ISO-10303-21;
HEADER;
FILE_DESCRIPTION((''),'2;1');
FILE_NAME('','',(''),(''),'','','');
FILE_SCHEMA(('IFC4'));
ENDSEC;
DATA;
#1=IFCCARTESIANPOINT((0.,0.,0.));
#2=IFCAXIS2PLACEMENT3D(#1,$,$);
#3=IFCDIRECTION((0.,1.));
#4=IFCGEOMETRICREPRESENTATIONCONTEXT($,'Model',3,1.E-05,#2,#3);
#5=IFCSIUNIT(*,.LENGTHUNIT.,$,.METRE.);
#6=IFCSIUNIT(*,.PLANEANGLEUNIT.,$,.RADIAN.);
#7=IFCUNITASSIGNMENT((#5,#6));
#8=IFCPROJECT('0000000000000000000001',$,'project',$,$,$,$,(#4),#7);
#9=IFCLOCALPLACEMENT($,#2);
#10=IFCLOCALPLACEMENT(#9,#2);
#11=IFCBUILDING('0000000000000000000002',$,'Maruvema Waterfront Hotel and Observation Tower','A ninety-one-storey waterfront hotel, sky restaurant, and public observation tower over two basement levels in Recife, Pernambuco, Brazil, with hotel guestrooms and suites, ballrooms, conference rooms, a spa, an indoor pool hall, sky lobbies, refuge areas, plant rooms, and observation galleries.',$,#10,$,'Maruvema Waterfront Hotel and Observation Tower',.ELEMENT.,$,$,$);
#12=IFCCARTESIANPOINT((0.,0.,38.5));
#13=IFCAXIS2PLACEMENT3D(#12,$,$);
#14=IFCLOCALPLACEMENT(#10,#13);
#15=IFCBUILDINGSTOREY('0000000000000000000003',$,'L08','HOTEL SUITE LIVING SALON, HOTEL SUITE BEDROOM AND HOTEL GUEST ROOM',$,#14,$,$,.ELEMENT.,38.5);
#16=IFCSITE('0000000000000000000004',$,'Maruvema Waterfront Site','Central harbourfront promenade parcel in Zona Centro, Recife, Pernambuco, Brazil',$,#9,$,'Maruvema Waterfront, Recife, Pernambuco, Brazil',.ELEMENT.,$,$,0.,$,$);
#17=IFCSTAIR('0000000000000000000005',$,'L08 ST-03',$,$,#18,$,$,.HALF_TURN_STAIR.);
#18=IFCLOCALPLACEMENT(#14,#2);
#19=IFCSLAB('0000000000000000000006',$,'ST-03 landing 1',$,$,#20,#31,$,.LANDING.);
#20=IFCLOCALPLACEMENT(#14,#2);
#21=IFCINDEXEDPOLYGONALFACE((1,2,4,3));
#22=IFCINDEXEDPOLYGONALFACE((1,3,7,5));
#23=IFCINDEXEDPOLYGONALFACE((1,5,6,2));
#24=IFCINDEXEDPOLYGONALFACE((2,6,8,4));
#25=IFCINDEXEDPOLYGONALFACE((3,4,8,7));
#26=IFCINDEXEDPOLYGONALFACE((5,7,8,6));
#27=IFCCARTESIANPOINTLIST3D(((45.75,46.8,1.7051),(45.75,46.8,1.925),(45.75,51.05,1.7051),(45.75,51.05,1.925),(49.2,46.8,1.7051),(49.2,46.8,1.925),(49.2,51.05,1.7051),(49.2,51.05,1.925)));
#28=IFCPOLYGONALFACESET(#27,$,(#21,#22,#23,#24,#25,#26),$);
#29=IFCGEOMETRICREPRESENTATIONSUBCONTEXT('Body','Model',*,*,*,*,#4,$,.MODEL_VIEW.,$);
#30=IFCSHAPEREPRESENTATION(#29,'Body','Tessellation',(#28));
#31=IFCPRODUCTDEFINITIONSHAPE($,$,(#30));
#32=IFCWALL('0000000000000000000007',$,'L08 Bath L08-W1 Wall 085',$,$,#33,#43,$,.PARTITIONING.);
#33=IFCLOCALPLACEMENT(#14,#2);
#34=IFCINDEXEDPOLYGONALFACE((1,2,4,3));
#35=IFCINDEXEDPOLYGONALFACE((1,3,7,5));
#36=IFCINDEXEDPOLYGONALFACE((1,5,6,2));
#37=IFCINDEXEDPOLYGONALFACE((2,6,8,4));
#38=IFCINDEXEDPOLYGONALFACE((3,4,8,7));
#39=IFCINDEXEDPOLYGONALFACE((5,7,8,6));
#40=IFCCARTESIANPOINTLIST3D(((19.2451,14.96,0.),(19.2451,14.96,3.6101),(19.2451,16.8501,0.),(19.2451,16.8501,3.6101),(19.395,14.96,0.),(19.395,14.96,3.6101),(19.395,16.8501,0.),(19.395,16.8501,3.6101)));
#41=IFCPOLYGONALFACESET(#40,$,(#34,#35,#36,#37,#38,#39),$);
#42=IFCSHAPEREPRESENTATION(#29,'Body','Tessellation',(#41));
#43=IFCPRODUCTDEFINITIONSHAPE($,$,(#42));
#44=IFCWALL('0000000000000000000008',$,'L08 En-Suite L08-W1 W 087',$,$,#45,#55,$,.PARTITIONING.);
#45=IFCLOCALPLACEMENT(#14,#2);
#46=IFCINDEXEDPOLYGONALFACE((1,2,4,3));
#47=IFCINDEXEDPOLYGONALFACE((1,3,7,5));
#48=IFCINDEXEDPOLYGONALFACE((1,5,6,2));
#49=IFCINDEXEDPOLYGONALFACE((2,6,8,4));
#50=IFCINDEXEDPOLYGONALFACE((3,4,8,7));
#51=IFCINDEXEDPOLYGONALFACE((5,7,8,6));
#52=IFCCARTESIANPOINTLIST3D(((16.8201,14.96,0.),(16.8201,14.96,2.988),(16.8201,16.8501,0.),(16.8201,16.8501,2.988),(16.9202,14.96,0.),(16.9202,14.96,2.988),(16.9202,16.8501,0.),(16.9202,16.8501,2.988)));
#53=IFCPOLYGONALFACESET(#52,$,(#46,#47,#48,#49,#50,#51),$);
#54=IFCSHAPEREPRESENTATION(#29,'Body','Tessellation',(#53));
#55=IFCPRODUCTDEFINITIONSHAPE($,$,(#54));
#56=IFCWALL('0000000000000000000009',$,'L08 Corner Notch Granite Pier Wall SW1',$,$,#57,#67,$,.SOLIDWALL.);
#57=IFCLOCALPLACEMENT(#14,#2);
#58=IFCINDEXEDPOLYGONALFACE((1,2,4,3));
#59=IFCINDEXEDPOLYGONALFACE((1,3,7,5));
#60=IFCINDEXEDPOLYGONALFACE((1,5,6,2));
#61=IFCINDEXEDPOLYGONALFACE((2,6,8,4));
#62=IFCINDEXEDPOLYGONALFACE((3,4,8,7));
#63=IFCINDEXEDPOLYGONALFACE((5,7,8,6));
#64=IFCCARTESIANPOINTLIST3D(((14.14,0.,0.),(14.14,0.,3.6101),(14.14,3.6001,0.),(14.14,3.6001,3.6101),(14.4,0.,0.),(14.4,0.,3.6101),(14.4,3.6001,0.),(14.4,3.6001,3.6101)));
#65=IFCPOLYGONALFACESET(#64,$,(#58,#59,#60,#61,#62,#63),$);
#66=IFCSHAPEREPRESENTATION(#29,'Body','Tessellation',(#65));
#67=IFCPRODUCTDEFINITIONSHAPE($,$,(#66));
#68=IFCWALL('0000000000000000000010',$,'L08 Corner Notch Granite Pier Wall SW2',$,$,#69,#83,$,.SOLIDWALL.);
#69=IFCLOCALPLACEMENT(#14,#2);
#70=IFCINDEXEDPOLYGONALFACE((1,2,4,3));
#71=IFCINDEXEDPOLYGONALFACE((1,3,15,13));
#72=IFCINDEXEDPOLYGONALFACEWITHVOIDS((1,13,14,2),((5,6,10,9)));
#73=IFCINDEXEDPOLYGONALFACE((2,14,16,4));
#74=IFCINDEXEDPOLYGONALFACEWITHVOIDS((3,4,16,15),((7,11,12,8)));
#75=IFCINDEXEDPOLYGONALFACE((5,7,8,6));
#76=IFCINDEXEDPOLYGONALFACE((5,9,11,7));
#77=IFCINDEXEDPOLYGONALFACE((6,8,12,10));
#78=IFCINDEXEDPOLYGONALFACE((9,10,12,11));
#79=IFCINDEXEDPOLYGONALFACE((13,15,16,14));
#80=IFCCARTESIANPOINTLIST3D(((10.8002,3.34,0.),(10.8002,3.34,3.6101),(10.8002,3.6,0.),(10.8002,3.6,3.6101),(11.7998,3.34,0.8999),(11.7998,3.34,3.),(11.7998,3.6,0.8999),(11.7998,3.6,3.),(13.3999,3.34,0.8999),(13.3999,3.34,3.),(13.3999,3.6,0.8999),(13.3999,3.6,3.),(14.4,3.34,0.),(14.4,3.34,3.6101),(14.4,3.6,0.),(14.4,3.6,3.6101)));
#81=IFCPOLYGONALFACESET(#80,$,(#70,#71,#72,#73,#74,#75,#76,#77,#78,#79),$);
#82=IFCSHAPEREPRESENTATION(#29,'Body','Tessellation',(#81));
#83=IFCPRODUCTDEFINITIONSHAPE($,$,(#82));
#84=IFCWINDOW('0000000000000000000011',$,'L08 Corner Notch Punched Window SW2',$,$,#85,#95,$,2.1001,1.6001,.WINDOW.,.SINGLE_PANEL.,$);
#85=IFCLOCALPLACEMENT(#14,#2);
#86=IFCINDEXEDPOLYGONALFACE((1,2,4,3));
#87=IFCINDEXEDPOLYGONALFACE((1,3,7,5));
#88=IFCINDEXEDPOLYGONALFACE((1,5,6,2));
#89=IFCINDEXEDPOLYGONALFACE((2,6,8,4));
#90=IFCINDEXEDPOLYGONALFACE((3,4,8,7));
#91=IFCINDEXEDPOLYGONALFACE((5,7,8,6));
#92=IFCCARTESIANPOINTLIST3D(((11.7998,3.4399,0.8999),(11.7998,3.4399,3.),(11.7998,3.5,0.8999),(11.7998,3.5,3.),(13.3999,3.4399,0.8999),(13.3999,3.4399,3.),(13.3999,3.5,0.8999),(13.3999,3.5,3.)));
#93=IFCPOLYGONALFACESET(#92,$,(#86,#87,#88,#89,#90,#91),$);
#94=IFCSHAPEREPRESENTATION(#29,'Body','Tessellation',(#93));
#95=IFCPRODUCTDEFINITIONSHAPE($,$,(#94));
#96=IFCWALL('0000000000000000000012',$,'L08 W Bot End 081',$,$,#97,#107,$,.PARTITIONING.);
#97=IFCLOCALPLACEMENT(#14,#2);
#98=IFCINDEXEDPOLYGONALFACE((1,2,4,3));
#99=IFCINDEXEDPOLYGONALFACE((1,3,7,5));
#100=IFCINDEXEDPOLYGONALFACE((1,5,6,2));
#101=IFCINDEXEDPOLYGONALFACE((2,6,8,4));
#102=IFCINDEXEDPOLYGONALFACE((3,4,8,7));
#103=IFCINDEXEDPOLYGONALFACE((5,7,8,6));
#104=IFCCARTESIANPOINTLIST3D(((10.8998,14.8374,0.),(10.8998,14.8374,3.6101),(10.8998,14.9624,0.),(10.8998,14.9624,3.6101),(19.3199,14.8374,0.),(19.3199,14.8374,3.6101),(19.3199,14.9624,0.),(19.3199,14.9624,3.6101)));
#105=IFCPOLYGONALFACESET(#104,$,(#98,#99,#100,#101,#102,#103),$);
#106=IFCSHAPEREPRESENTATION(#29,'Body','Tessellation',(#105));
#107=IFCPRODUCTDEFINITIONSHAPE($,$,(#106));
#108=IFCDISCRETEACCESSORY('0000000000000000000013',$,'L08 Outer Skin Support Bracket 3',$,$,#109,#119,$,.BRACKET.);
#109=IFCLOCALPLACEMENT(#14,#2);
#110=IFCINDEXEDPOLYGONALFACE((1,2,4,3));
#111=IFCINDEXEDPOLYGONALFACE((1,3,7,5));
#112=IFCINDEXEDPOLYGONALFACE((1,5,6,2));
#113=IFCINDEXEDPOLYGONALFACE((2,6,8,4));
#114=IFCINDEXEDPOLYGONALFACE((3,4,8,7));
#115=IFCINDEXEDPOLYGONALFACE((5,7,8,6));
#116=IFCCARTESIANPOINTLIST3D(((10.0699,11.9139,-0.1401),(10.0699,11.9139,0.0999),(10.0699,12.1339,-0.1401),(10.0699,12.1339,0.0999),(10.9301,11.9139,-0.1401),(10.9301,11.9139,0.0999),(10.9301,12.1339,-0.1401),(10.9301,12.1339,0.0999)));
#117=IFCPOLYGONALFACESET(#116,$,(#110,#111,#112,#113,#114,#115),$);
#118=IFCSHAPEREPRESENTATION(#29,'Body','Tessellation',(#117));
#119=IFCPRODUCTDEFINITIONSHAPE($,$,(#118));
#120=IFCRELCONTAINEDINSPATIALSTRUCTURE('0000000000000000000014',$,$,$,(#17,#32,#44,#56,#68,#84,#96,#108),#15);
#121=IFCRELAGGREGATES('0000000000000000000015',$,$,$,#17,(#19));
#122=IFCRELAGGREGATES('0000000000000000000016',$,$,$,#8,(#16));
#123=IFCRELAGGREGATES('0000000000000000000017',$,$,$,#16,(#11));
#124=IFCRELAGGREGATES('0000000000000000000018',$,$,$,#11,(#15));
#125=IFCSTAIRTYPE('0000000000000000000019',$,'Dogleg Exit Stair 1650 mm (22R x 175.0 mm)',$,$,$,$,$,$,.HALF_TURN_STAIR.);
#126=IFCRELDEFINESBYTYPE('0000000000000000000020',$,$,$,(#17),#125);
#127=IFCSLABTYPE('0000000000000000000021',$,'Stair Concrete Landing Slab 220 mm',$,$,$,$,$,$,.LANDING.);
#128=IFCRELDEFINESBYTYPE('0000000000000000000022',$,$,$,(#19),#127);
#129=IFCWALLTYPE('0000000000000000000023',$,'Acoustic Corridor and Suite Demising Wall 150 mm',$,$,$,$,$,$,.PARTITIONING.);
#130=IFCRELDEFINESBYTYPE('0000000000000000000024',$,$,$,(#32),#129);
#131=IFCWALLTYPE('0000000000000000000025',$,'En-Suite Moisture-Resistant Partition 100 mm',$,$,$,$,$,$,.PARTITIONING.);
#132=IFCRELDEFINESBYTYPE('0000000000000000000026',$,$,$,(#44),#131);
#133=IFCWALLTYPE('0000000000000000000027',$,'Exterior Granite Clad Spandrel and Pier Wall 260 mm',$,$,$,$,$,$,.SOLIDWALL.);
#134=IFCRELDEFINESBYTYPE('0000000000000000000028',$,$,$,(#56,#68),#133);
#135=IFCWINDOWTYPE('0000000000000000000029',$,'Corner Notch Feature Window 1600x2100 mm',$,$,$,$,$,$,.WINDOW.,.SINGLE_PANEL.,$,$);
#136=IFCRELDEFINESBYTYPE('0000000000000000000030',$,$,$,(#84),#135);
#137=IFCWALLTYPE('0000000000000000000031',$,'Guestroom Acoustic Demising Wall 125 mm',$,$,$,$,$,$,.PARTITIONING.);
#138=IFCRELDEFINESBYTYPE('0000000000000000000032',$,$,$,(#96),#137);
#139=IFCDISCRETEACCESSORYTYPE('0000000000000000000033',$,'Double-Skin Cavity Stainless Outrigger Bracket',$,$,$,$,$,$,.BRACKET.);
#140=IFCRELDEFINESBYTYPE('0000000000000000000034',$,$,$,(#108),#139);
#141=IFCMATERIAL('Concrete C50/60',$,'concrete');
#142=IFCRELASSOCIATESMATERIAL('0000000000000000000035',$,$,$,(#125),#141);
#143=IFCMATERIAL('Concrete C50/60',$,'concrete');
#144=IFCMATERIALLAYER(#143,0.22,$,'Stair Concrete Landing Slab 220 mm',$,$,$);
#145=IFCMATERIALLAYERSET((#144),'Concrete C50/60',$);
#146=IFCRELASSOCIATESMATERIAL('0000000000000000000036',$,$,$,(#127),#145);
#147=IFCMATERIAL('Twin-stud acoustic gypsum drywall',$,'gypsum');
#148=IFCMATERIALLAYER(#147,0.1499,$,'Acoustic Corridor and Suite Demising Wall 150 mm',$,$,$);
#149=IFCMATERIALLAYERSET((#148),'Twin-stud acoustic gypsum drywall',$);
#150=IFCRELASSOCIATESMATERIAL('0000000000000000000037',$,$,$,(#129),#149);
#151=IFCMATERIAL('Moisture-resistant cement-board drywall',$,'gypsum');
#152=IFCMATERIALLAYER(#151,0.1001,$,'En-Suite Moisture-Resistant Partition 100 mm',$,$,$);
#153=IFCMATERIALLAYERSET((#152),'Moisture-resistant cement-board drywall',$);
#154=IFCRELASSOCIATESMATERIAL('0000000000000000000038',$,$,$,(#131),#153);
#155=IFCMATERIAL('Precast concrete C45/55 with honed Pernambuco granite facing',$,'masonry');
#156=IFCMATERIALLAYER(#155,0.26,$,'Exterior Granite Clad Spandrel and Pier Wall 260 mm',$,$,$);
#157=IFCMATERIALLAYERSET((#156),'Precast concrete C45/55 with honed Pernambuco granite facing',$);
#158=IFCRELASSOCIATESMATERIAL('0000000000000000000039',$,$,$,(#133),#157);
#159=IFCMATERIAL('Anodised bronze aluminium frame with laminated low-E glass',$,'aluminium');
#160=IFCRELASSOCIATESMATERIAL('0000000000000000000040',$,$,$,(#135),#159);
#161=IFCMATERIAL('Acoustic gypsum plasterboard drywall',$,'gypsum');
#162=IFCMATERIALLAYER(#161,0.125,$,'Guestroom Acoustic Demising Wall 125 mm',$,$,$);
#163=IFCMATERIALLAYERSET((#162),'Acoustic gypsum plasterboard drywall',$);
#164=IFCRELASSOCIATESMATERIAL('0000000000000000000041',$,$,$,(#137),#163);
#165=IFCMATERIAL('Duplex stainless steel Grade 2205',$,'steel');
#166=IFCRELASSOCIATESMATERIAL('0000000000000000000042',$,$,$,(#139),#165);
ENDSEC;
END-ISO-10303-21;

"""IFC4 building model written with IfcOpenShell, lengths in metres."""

from ifc_helpers import new_model, si_unit, direction, frame, frame_2d, origin, origin_2d, place, context, subcontext, project, spatial, polyline, rectangle, outline, extrude, material, layer, layer_set, type_object, element, fill, aggregate, save


model = new_model("IFC4")

# Units and contexts
model_context = context("Model", 3, precision=1e-05, world=origin(), true_north=direction((0.0, 1.0)))
body_context = subcontext(model_context, "Body", "Model", "MODEL_VIEW")
ifc_project = project(units=[si_unit("LENGTHUNIT", "METRE"), si_unit("PLANEANGLEUNIT", "RADIAN")], contexts=[model_context])

# Site, building, storey
site_placement = place(None, origin())
site = spatial("IfcSite", under=ifc_project, at=site_placement, Name="Maruvema Waterfront Site", Description="Central harbourfront promenade parcel in Zona Centro, Recife, Pernambuco, Brazil", LongName="Maruvema Waterfront, Recife, Pernambuco, Brazil", CompositionType="ELEMENT", RefElevation=0.0)
building_placement = place(site_placement, origin())
building = spatial("IfcBuilding", under=site, at=building_placement, Name="Maruvema Waterfront Hotel and Observation Tower", Description="A ninety-one-storey waterfront hotel, sky restaurant, and public observation tower over two basement levels in Recife, Pernambuco, Brazil, with hotel guestrooms and suites, ballrooms, conference rooms, a spa, an indoor pool hall, sky lobbies, refuge areas, plant rooms, and observation galleries.", LongName="Maruvema Waterfront Hotel and Observation Tower", CompositionType="ELEMENT")
storey_placement = place(building_placement, frame((0.0, 0.0, 38.5)))
storey = spatial("IfcBuildingStorey", under=building, at=storey_placement, Name="L08", Description="HOTEL SUITE LIVING SALON, HOTEL SUITE BEDROOM AND HOTEL GUEST ROOM", CompositionType="ELEMENT", Elevation=38.5)

# Stair, slab
ifc_material_1 = material(Name="Concrete C50/60", Category="concrete")
stair_type = type_object("IfcStairType", Name="Dogleg Exit Stair 1650 mm (22R x 175.0 mm)", PredefinedType="HALF_TURN_STAIR", material=ifc_material_1)
ifc_material_2 = material(Name="Concrete C50/60", Category="concrete")
ifc_layer_1 = layer(ifc_material_2, 0.22, Name="Stair Concrete Landing Slab 220 mm")
ifc_layer_set_1 = layer_set([ifc_layer_1], Name="Concrete C50/60")
slab_type_1 = type_object("IfcSlabType", Name="Stair Concrete Landing Slab 220 mm", PredefinedType="LANDING", material=ifc_layer_set_1)
stair_1_placement = place(storey_placement, origin())
stair_1 = element("IfcStair", 1, at=stair_1_placement, inside=storey, type_object=stair_type, Name="L08 ST-03", PredefinedType="HALF_TURN_STAIR")
slab_1_placement = place(storey_placement, frame((0.0, 0.0, 1.7051)))
slab_1 = element("IfcSlab", 2, at=slab_1_placement, type_object=slab_type_1, Name="ST-03 landing 1", PredefinedType="LANDING", context=body_context, shape_type="SweptSolid", body=[
    extrude(outline(polyline([(49.2, 46.8), (49.2, 51.05), (45.75, 51.05), (45.75, 46.8), (49.2, 46.8)])), origin(), (0.0, 0.0, 1.0), 0.22),
])
aggregate(stair_1, [slab_1])

# Walls
ifc_material_3 = material(Name="Twin-stud acoustic gypsum drywall", Category="gypsum")
ifc_layer_2 = layer(ifc_material_3, 0.1499, Name="Acoustic Corridor and Suite Demising Wall 150 mm")
ifc_layer_set_2 = layer_set([ifc_layer_2], Name="Twin-stud acoustic gypsum drywall")
wall_type_1 = type_object("IfcWallType", Name="Acoustic Corridor and Suite Demising Wall 150 mm", PredefinedType="PARTITIONING", material=ifc_layer_set_2)
wall_1_placement = place(storey_placement, frame((19.3201, 14.96, 0.0), z_axis=(0.0, 0.0, 1.0), x_axis=(0.0, 1.0, 0.0)))
element("IfcWall", 3, at=wall_1_placement, inside=storey, type_object=wall_type_1, Name="L08 Bath L08-W1 Wall 085", PredefinedType="PARTITIONING", context=body_context, shape_type="SweptSolid", body=[
    extrude(rectangle(XDim=1.8901, YDim=0.1499, at=frame_2d((0.9451, 0.0))), origin(), (0.0, 0.0, 1.0), 3.6101),
])
ifc_material_4 = material(Name="Moisture-resistant cement-board drywall", Category="gypsum")
ifc_layer_3 = layer(ifc_material_4, 0.1001, Name="En-Suite Moisture-Resistant Partition 100 mm")
ifc_layer_set_3 = layer_set([ifc_layer_3], Name="Moisture-resistant cement-board drywall")
wall_type_2 = type_object("IfcWallType", Name="En-Suite Moisture-Resistant Partition 100 mm", PredefinedType="PARTITIONING", material=ifc_layer_set_3)
wall_2_placement = place(storey_placement, frame((16.8701, 14.96, 0.0), z_axis=(0.0, 0.0, 1.0), x_axis=(0.0, 1.0, 0.0)))
element("IfcWall", 4, at=wall_2_placement, inside=storey, type_object=wall_type_2, Name="L08 En-Suite L08-W1 W 087", PredefinedType="PARTITIONING", context=body_context, shape_type="SweptSolid", body=[
    extrude(rectangle(XDim=1.8901, YDim=0.1001, at=frame_2d((0.9451, 0.0))), origin(), (0.0, 0.0, 1.0), 2.988),
])
ifc_material_5 = material(Name="Precast concrete C45/55 with honed Pernambuco granite facing", Category="masonry")
ifc_layer_4 = layer(ifc_material_5, 0.26, Name="Exterior Granite Clad Spandrel and Pier Wall 260 mm")
ifc_layer_set_4 = layer_set([ifc_layer_4], Name="Precast concrete C45/55 with honed Pernambuco granite facing")
wall_type_3 = type_object("IfcWallType", Name="Exterior Granite Clad Spandrel and Pier Wall 260 mm", PredefinedType="SOLIDWALL", material=ifc_layer_set_4)
wall_3_placement = place(storey_placement, frame((14.27, 0.0, 0.0), z_axis=(0.0, 0.0, 1.0), x_axis=(0.0, 1.0, 0.0)))
element("IfcWall", 5, at=wall_3_placement, inside=storey, type_object=wall_type_3, Name="L08 Corner Notch Granite Pier Wall SW1", PredefinedType="SOLIDWALL", context=body_context, shape_type="SweptSolid", body=[
    extrude(rectangle(XDim=3.6001, YDim=0.26, at=frame_2d((1.8, 0.0))), origin(), (0.0, 0.0, 1.0), 3.6101),
])

# Wall, opening, window
wall_4_placement = place(storey_placement, frame((14.3999, 3.47, 0.0), z_axis=(0.0, 0.0, 1.0), x_axis=(-1.0, 0.0, 0.0)))
wall_4 = element("IfcWall", 6, at=wall_4_placement, inside=storey, type_object=wall_type_3, Name="L08 Corner Notch Granite Pier Wall SW2", PredefinedType="SOLIDWALL", context=body_context, shape_type="SweptSolid", body=[
    extrude(rectangle(XDim=3.5999, YDim=0.26, at=frame_2d((1.7998, 0.0))), origin(), (0.0, 0.0, 1.0), 3.6101),
])
opening_placement = place(wall_4_placement, frame((1.0, 0.0, 0.8999)))
opening = element("IfcOpeningElement", 7, at=opening_placement, cuts=wall_4, PredefinedType="OPENING", context=body_context, shape_type="SweptSolid", body=[
    extrude(rectangle(XDim=1.6001, YDim=2.1001, at=frame_2d((0.8, 1.05))), frame((0.0, 0.1401, 0.0), z_axis=(0.0, -1.0, 0.0), x_axis=(1.0, 0.0, 0.0)), (0.0, 0.0, 1.0), 0.28),
])
ifc_material_6 = material(Name="Anodised bronze aluminium frame with laminated low-E glass", Category="aluminium")
window_type = type_object("IfcWindowType", Name="Corner Notch Feature Window 1600x2100 mm", PartitioningType="SINGLE_PANEL", PredefinedType="WINDOW", material=ifc_material_6)
window_placement = place(opening_placement, origin())
window = element("IfcWindow", 8, at=window_placement, inside=storey, type_object=window_type, Name="L08 Corner Notch Punched Window SW2", OverallHeight=2.1001, OverallWidth=1.6001, PartitioningType="SINGLE_PANEL", PredefinedType="WINDOW", context=body_context, shape_type="SweptSolid", body=[
    extrude(rectangle(XDim=1.6001, YDim=2.1001, at=frame_2d((0.8, 1.05))), frame((0.0, 0.03, 0.0), z_axis=(0.0, -1.0, 0.0), x_axis=(1.0, 0.0, 0.0)), (0.0, 0.0, 1.0), 0.0601),
])
fill(opening, window)

# Wall
ifc_material_7 = material(Name="Acoustic gypsum plasterboard drywall", Category="gypsum")
ifc_layer_5 = layer(ifc_material_7, 0.125, Name="Guestroom Acoustic Demising Wall 125 mm")
ifc_layer_set_5 = layer_set([ifc_layer_5], Name="Acoustic gypsum plasterboard drywall")
wall_type_4 = type_object("IfcWallType", Name="Guestroom Acoustic Demising Wall 125 mm", PredefinedType="PARTITIONING", material=ifc_layer_set_5)
wall_5_placement = place(storey_placement, frame((10.8999, 14.8999, 0.0), z_axis=(0.0, 0.0, 1.0), x_axis=(1.0, 0.0, 0.0)))
element("IfcWall", 9, at=wall_5_placement, inside=storey, type_object=wall_type_4, Name="L08 W Bot End 081", PredefinedType="PARTITIONING", context=body_context, shape_type="SweptSolid", body=[
    extrude(rectangle(XDim=8.4202, YDim=0.125, at=frame_2d((4.21, 0.0))), origin(), (0.0, 0.0, 1.0), 3.6101),
])

# Discrete accessory
ifc_material_8 = material(Name="Duplex stainless steel Grade 2205", Category="steel")
discrete_accessory_type = type_object("IfcDiscreteAccessoryType", Name="Double-Skin Cavity Stainless Outrigger Bracket", PredefinedType="BRACKET", material=ifc_material_8)
discrete_accessory_placement = place(storey_placement, frame((10.5, 12.0239, -0.1401), z_axis=(0.0, 0.0, 1.0), x_axis=(0.0, -1.0, 0.0)))
element("IfcDiscreteAccessory", 10, at=discrete_accessory_placement, inside=storey, type_object=discrete_accessory_type, Name="L08 Outer Skin Support Bracket 3", PredefinedType="BRACKET", context=body_context, shape_type="SweptSolid", body=[
    extrude(rectangle(XDim=0.22, YDim=0.8601, at=origin_2d()), origin(), (0.0, 0.0, 1.0), 0.24),
])

save(model, "model.ifc")
